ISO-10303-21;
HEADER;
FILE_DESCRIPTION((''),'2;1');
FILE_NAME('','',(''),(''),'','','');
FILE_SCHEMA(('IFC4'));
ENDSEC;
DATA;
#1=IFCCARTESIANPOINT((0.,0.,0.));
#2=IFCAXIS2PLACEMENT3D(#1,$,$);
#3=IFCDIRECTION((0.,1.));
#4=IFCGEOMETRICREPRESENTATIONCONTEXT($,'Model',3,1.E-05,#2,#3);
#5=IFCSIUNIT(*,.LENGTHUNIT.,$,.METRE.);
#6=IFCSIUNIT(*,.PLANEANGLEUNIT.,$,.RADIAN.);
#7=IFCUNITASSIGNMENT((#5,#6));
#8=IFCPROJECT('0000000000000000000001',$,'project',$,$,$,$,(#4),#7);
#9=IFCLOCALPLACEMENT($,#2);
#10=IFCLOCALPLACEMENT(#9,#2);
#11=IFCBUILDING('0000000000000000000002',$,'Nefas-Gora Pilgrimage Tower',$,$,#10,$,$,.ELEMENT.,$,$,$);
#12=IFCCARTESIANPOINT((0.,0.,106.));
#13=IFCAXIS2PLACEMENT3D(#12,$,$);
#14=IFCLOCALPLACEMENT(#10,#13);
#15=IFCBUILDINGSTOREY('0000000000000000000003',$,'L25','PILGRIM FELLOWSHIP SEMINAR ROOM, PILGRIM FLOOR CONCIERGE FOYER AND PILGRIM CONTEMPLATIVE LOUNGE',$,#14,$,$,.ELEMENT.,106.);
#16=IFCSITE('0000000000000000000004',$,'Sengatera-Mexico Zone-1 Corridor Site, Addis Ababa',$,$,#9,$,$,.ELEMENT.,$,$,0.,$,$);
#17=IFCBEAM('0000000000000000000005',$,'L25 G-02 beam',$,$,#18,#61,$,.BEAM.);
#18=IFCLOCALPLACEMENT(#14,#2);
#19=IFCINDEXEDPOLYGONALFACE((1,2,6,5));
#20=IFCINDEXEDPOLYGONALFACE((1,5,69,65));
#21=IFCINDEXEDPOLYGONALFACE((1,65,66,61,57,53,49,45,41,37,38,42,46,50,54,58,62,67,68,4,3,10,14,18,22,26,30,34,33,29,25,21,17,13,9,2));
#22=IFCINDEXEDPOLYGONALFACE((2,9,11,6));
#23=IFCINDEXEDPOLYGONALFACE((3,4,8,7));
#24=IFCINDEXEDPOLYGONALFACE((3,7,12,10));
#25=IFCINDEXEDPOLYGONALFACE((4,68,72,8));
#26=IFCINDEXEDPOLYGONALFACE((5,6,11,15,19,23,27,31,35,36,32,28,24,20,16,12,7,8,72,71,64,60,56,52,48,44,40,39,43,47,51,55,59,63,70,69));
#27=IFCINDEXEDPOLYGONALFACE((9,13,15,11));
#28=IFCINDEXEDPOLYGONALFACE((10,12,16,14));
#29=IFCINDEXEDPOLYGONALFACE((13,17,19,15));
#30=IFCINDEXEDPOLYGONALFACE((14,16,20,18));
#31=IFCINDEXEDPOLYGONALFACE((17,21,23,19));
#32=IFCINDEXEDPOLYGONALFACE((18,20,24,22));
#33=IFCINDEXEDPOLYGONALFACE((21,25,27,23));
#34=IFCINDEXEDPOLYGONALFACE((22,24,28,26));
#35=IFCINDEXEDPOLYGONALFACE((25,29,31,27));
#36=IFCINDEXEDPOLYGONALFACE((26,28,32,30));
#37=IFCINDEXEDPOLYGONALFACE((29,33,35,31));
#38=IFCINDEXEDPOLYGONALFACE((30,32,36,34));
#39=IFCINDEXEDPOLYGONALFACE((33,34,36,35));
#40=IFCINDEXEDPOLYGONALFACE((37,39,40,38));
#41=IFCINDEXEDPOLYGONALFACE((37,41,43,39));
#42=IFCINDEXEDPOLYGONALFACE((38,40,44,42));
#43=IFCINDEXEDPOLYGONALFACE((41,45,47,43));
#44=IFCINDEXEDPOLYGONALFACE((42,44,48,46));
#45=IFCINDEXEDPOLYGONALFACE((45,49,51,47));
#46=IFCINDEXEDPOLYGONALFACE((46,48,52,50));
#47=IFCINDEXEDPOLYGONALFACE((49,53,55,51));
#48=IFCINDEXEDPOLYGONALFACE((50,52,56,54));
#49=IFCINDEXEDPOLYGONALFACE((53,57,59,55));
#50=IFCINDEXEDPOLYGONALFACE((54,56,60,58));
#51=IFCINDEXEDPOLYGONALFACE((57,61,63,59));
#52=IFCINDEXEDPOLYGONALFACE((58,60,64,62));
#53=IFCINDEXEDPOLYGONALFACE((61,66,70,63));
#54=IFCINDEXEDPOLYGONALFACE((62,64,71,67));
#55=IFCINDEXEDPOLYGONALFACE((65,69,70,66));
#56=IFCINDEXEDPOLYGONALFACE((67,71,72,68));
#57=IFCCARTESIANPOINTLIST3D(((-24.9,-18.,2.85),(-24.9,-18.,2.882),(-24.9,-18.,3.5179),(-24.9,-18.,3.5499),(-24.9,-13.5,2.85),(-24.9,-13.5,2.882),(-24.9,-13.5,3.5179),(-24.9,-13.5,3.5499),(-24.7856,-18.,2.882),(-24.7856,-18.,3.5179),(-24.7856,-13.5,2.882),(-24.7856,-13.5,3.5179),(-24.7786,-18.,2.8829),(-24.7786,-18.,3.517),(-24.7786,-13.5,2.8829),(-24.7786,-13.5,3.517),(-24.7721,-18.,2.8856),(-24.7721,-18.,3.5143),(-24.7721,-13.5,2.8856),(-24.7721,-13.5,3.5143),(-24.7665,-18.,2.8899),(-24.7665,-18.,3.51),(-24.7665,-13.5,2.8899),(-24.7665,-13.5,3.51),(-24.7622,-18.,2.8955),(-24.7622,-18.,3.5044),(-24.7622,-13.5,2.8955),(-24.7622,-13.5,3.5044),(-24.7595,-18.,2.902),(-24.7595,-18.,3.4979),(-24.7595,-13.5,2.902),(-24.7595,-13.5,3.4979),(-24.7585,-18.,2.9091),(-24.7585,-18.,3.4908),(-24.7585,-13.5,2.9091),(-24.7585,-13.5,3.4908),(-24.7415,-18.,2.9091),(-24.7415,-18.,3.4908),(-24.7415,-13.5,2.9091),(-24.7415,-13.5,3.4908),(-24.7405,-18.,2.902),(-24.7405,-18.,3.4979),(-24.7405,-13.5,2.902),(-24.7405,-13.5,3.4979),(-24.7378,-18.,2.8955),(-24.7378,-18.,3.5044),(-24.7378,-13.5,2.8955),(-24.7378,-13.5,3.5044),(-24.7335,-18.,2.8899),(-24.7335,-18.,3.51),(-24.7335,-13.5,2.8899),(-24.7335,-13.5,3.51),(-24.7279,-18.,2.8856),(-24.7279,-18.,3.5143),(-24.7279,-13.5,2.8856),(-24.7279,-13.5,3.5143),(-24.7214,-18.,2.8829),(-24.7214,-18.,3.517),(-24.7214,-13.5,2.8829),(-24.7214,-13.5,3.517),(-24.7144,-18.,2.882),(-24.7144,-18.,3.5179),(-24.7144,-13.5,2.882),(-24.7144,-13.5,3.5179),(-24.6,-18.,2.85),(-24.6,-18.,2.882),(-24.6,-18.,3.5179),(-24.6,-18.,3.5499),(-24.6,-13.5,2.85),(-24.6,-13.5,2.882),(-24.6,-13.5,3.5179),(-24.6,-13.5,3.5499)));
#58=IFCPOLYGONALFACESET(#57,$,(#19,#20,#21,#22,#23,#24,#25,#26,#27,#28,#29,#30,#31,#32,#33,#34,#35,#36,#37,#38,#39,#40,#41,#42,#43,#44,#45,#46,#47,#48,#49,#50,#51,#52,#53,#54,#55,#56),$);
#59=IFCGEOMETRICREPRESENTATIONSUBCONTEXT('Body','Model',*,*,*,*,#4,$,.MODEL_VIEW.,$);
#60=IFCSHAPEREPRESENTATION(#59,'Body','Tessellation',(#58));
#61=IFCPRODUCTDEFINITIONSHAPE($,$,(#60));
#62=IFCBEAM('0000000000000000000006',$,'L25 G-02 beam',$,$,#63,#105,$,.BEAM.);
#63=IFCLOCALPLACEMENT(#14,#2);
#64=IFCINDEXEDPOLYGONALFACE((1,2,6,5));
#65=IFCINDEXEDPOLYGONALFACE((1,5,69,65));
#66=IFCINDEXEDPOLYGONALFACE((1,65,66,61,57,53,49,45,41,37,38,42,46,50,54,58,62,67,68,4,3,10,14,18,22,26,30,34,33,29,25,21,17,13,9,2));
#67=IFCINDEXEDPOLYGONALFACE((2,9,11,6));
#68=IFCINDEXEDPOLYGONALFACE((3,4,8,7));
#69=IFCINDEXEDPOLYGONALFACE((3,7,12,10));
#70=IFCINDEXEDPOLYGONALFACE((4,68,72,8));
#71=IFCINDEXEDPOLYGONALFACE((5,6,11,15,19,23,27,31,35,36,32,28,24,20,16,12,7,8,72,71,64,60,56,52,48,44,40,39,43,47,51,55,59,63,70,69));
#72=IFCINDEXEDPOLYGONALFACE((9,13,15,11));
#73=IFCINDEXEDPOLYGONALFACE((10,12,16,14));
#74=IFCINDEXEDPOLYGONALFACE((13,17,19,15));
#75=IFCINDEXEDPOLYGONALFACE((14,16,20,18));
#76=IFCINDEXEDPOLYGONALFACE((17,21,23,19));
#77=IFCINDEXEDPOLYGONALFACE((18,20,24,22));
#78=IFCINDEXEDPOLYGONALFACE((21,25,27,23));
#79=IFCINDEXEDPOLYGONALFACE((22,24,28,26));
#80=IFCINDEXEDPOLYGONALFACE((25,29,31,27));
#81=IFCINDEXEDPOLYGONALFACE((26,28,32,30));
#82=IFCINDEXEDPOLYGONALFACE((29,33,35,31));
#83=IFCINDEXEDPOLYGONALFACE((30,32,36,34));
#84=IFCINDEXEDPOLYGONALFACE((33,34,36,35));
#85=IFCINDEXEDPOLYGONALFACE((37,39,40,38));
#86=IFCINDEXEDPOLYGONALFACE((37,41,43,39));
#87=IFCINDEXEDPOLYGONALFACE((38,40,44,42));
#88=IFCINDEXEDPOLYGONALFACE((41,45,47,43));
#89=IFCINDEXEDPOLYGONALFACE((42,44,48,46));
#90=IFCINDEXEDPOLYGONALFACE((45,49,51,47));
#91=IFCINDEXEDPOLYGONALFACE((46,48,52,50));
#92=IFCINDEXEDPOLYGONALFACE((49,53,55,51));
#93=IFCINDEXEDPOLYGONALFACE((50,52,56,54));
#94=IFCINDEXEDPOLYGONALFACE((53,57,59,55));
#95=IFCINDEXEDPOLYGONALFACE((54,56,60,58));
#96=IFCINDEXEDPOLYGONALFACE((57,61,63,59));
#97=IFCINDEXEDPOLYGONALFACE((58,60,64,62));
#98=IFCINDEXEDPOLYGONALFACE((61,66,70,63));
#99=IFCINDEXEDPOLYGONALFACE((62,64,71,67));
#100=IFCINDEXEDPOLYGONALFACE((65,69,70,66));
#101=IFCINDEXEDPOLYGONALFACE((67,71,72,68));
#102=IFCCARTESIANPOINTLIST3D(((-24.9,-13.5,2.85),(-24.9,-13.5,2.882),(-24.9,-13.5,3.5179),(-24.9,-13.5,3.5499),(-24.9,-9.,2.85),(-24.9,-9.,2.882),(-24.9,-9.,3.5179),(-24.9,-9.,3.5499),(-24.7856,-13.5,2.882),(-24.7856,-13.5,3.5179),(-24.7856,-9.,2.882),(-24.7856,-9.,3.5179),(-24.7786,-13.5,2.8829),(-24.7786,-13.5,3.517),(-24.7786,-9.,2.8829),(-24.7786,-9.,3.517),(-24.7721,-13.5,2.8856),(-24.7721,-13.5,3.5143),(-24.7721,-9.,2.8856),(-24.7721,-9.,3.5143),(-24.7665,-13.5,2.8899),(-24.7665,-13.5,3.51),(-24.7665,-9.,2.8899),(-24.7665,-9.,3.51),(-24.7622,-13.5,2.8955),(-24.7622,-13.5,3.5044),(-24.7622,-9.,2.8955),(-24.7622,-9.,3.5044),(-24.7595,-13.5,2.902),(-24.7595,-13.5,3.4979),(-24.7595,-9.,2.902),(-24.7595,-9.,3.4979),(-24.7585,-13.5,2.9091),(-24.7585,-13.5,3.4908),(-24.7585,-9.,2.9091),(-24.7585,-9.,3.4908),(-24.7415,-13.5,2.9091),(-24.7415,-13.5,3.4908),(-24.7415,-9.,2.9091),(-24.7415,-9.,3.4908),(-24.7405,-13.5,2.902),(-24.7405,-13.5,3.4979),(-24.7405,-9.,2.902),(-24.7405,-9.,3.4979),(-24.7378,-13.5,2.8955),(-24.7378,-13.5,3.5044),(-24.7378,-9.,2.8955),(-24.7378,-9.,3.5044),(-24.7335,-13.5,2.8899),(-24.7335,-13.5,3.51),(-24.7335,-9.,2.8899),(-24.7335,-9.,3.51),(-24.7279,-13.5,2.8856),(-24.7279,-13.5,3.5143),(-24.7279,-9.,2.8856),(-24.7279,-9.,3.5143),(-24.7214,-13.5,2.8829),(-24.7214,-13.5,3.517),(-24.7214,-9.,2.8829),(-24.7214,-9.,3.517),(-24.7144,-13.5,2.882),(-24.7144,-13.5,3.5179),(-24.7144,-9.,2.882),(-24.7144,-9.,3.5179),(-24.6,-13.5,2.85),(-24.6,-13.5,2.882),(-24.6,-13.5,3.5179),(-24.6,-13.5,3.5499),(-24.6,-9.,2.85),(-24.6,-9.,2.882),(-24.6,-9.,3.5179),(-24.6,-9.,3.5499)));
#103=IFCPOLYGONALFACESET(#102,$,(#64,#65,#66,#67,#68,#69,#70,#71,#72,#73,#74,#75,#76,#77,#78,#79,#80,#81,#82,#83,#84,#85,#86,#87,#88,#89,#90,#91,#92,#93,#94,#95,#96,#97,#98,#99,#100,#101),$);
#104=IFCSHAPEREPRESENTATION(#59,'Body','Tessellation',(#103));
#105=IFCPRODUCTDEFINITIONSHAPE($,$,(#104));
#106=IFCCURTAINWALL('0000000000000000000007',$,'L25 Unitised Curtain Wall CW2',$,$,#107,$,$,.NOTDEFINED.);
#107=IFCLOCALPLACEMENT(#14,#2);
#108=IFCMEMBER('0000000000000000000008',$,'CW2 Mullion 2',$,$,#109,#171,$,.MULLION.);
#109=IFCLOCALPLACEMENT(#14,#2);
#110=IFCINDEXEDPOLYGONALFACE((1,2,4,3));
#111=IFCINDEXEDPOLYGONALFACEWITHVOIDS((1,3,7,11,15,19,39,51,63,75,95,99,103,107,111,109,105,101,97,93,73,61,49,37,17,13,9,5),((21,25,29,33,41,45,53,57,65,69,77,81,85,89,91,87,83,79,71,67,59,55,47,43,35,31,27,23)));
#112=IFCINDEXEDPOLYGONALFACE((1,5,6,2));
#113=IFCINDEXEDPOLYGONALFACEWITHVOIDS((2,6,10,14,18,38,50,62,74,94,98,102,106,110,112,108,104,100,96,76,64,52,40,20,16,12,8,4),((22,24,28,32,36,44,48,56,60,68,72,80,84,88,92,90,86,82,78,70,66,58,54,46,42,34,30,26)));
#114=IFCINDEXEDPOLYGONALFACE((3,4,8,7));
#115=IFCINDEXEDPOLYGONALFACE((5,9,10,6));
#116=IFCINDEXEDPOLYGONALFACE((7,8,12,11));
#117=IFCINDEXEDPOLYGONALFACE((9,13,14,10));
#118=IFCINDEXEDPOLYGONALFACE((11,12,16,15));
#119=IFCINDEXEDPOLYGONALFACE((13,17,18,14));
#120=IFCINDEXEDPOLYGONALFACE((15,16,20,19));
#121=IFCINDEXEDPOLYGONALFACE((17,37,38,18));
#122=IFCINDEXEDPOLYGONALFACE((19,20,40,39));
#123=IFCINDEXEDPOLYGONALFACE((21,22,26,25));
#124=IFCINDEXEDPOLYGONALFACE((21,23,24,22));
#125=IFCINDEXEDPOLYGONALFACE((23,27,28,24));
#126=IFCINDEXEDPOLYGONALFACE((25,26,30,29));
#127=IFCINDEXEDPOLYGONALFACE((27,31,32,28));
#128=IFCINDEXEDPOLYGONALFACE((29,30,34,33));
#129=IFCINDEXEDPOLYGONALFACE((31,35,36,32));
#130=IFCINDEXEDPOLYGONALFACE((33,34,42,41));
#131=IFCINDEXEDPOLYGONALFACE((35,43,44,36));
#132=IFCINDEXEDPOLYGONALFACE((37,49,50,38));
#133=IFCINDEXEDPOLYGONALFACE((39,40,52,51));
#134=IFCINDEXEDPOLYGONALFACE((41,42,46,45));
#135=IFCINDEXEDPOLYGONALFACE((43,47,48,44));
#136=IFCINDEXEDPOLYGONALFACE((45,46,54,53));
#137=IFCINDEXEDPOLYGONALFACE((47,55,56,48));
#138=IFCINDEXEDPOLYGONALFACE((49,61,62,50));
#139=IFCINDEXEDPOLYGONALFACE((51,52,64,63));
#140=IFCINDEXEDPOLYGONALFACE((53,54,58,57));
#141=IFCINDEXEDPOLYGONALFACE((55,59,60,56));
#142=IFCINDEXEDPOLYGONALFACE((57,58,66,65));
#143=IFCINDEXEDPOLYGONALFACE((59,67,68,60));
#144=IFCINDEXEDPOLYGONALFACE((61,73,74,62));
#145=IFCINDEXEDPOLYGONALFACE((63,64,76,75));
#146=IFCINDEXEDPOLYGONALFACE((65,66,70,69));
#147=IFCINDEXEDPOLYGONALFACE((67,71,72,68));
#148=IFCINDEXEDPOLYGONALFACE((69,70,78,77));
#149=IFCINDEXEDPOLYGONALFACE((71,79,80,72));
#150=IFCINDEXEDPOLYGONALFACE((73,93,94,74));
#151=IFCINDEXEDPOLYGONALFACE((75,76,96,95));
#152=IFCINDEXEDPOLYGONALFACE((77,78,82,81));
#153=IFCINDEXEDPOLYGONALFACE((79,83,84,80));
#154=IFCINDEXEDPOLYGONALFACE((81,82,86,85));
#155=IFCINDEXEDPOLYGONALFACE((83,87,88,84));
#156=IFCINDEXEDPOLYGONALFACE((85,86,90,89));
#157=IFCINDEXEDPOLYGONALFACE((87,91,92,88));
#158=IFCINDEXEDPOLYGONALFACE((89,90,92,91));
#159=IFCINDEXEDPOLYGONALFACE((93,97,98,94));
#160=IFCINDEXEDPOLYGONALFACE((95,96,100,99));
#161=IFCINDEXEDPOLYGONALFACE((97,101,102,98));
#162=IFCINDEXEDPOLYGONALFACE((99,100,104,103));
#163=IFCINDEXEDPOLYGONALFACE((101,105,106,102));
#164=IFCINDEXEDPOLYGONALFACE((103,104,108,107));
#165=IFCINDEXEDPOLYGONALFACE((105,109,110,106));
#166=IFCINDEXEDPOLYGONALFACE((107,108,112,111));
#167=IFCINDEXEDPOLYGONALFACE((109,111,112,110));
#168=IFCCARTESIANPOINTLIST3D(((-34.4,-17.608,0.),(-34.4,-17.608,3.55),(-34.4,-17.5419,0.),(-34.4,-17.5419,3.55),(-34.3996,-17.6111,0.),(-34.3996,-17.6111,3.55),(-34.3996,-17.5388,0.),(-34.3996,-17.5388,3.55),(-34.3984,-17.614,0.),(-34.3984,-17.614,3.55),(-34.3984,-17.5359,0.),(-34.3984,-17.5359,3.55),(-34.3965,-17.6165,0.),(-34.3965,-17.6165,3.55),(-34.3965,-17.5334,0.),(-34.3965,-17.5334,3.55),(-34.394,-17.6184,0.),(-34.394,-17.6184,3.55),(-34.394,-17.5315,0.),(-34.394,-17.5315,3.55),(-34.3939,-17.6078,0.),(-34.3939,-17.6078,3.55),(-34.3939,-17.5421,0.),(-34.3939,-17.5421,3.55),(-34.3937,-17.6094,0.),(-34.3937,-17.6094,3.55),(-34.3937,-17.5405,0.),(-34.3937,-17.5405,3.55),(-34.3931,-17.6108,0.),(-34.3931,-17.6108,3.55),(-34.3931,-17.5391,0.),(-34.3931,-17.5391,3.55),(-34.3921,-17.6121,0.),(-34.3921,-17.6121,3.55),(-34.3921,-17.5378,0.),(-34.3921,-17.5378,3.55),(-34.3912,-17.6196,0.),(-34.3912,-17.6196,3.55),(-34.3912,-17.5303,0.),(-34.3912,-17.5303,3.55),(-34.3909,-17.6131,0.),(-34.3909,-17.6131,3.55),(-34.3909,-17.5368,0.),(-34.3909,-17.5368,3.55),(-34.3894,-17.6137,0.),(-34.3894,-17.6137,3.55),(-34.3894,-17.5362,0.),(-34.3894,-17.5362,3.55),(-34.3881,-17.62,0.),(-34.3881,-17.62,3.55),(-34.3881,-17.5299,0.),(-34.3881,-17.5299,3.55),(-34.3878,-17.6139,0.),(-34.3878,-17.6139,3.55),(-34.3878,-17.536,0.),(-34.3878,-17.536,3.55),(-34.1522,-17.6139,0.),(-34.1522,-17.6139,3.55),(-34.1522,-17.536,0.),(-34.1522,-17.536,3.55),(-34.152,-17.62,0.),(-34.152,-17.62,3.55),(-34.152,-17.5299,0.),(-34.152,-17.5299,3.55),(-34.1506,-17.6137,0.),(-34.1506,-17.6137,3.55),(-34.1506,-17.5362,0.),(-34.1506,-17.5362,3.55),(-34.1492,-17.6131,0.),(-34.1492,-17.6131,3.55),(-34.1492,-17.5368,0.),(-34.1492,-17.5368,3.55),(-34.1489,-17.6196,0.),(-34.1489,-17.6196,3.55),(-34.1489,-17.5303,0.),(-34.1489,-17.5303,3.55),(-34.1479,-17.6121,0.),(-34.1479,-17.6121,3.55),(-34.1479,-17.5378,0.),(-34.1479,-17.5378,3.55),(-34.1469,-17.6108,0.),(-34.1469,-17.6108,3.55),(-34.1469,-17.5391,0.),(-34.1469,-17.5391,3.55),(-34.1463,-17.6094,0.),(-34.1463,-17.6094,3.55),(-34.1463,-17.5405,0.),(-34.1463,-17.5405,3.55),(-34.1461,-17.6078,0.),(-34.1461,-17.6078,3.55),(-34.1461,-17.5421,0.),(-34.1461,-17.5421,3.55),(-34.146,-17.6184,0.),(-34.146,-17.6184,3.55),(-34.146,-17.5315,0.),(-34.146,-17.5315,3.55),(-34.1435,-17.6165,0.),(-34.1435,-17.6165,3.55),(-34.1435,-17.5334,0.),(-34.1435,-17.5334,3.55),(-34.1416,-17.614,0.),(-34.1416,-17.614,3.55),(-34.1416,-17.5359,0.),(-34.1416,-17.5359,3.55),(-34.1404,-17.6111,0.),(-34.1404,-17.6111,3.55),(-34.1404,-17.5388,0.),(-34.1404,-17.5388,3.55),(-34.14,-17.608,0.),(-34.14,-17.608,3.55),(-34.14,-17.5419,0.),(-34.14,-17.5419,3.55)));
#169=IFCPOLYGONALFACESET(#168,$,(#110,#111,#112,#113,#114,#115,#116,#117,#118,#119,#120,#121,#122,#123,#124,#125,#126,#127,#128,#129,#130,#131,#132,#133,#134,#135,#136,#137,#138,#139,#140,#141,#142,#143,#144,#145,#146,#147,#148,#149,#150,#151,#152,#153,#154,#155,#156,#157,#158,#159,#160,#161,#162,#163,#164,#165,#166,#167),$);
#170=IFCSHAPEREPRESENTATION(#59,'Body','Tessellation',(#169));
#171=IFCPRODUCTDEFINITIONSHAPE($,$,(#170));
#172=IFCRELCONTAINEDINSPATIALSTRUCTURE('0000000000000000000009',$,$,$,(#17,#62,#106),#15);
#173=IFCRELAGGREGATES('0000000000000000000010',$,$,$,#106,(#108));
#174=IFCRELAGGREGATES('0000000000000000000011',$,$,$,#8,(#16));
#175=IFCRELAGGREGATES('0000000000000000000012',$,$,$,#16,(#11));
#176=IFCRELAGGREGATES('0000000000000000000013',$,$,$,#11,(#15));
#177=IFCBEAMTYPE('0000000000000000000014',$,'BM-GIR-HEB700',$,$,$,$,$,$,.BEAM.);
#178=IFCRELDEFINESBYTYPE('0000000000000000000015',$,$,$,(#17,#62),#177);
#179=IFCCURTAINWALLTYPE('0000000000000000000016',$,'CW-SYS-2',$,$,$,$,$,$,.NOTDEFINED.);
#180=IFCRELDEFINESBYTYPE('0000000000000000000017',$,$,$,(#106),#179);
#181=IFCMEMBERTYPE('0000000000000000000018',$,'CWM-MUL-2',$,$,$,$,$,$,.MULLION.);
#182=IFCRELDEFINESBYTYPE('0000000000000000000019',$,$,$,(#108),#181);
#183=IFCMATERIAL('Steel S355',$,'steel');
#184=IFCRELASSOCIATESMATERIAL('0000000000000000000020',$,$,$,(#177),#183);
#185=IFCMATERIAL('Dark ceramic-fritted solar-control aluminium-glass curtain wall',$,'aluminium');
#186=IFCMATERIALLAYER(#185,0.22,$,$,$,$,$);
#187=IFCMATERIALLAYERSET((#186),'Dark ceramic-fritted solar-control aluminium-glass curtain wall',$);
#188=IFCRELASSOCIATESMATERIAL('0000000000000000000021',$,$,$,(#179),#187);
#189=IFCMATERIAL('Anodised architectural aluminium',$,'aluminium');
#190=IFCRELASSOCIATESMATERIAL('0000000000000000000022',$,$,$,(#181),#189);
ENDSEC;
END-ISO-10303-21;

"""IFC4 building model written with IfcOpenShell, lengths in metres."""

from ifc_helpers import new_model, si_unit, direction, frame, origin, origin_2d, place, context, subcontext, project, spatial, hollow_rectangle, i_section, extrude, source, transform, mapped, material, layer, layer_set, material_profile, profile_set, type_object, element, aggregate, save


model = new_model("IFC4")

# Units and contexts
model_context = context("Model", 3, precision=1e-05, world=origin(), true_north=direction((0.0, 1.0)))
body_context = subcontext(model_context, "Body", "Model", "MODEL_VIEW")
ifc_project = project(units=[si_unit("LENGTHUNIT", "METRE"), si_unit("PLANEANGLEUNIT", "RADIAN")], contexts=[model_context])

# Site, building, storey
site_placement = place(None, origin())
site = spatial("IfcSite", under=ifc_project, at=site_placement, Name="Sengatera-Mexico Zone-1 Corridor Site, Addis Ababa", CompositionType="ELEMENT", RefElevation=0.0)
building_placement = place(site_placement, origin())
building = spatial("IfcBuilding", under=site, at=building_placement, Name="Nefas-Gora Pilgrimage Tower", CompositionType="ELEMENT")
storey_placement = place(building_placement, frame((0.0, 0.0, 106.0)))
storey = spatial("IfcBuildingStorey", under=building, at=storey_placement, Name="L25", Description="PILGRIM FELLOWSHIP SEMINAR ROOM, PILGRIM FLOOR CONCIERGE FOYER AND PILGRIM CONTEMPLATIVE LOUNGE", CompositionType="ELEMENT", Elevation=106.0)

# Beams
ifc_material_1 = material(Name="Steel S355", Category="steel")
ifc_material_profile_1 = material_profile(ifc_material_1, i_section(OverallWidth=0.3, OverallDepth=0.7, WebThickness=0.0171, FlangeThickness=0.032, FilletRadius=0.0271, at=origin_2d()), Name="HEB 700")
ifc_profile_set_1 = profile_set([ifc_material_profile_1], Name="Steel S355")
beam_type_1 = type_object("IfcBeamType", Name="BM-GIR-HEB700", PredefinedType="BEAM", material=ifc_profile_set_1)
shared_shape_1 = source(origin(), body_context, "Body", "SweptSolid", [
    extrude(i_section(OverallWidth=0.3, OverallDepth=0.7, WebThickness=0.0171, FlangeThickness=0.032, FilletRadius=0.0271, at=origin_2d()), origin(), (0.0, 0.0, 1.0), 4.5),
])
for number, where, z_axis, x_axis, name in (
    (1, (-24.75, -18.0, 3.2), (0.0, 1.0, 0.0), (-1.0, 0.0, 0.0), "L25 G-02 beam"),
    (2, (-24.75, -13.5, 3.2), (0.0, 1.0, 0.0), (-1.0, 0.0, 0.0), "L25 G-02 beam"),
):
    element("IfcBeam", number, at=place(storey_placement, frame(where, z_axis=z_axis, x_axis=x_axis)), inside=storey, type_object=beam_type_1, Name=name, PredefinedType="BEAM", context=body_context, shape_type="MappedRepresentation", body=[
        mapped(shared_shape_1, transform((0.0, 0.0, 0.0), x_axis=(1.0, 0.0, 0.0), y_axis=(0.0, 1.0, 0.0), z_axis=(0.0, 0.0, 1.0), scale=1.0)),
    ])

# Curtain wall, member
ifc_material_2 = material(Name="Dark ceramic-fritted solar-control aluminium-glass curtain wall", Category="aluminium")
ifc_layer_1 = layer(ifc_material_2, 0.22)
ifc_layer_set_1 = layer_set([ifc_layer_1], Name="Dark ceramic-fritted solar-control aluminium-glass curtain wall")
curtain_wall_type = type_object("IfcCurtainWallType", Name="CW-SYS-2", PredefinedType="NOTDEFINED", material=ifc_layer_set_1)
curtain_wall_1_placement = place(storey_placement, origin())
curtain_wall_1 = element("IfcCurtainWall", 3, at=curtain_wall_1_placement, inside=storey, type_object=curtain_wall_type, Name="L25 Unitised Curtain Wall CW2", PredefinedType="NOTDEFINED")
ifc_material_3 = material(Name="Anodised architectural aluminium", Category="aluminium")
ifc_material_profile_2 = material_profile(ifc_material_3, hollow_rectangle(XDim=0.0901, YDim=0.26, WallThickness=0.0061, InnerFilletRadius=0.0061, OuterFilletRadius=0.012, at=origin_2d()), Name="ALU MULLION 90x260")
ifc_profile_set_2 = profile_set([ifc_material_profile_2], Name="Anodised architectural aluminium")
member_type_1 = type_object("IfcMemberType", Name="CWM-MUL-2", PredefinedType="MULLION", material=ifc_profile_set_2)
shared_shape_2 = source(origin(), body_context, "Body", "SweptSolid", [
    extrude(hollow_rectangle(XDim=0.0901, YDim=0.26, WallThickness=0.0061, InnerFilletRadius=0.0061, OuterFilletRadius=0.012, at=origin_2d()), origin(), (0.0, 0.0, 1.0), 3.55),
])
member_1_placement = place(storey_placement, frame((-34.27, -17.575, 0.0), z_axis=(0.0, 0.0, 1.0), x_axis=(0.0, -1.0, 0.0)))
member_1 = element("IfcMember", 4, at=member_1_placement, type_object=member_type_1, Name="CW2 Mullion 2", PredefinedType="MULLION", context=body_context, shape_type="MappedRepresentation", body=[
    mapped(shared_shape_2, transform((0.0, 0.0, 0.0), x_axis=(1.0, 0.0, 0.0), y_axis=(0.0, 1.0, 0.0), z_axis=(0.0, 0.0, 1.0), scale=1.0)),
])

aggregate(curtain_wall_1, [member_1])

save(model, "model.ifc")
